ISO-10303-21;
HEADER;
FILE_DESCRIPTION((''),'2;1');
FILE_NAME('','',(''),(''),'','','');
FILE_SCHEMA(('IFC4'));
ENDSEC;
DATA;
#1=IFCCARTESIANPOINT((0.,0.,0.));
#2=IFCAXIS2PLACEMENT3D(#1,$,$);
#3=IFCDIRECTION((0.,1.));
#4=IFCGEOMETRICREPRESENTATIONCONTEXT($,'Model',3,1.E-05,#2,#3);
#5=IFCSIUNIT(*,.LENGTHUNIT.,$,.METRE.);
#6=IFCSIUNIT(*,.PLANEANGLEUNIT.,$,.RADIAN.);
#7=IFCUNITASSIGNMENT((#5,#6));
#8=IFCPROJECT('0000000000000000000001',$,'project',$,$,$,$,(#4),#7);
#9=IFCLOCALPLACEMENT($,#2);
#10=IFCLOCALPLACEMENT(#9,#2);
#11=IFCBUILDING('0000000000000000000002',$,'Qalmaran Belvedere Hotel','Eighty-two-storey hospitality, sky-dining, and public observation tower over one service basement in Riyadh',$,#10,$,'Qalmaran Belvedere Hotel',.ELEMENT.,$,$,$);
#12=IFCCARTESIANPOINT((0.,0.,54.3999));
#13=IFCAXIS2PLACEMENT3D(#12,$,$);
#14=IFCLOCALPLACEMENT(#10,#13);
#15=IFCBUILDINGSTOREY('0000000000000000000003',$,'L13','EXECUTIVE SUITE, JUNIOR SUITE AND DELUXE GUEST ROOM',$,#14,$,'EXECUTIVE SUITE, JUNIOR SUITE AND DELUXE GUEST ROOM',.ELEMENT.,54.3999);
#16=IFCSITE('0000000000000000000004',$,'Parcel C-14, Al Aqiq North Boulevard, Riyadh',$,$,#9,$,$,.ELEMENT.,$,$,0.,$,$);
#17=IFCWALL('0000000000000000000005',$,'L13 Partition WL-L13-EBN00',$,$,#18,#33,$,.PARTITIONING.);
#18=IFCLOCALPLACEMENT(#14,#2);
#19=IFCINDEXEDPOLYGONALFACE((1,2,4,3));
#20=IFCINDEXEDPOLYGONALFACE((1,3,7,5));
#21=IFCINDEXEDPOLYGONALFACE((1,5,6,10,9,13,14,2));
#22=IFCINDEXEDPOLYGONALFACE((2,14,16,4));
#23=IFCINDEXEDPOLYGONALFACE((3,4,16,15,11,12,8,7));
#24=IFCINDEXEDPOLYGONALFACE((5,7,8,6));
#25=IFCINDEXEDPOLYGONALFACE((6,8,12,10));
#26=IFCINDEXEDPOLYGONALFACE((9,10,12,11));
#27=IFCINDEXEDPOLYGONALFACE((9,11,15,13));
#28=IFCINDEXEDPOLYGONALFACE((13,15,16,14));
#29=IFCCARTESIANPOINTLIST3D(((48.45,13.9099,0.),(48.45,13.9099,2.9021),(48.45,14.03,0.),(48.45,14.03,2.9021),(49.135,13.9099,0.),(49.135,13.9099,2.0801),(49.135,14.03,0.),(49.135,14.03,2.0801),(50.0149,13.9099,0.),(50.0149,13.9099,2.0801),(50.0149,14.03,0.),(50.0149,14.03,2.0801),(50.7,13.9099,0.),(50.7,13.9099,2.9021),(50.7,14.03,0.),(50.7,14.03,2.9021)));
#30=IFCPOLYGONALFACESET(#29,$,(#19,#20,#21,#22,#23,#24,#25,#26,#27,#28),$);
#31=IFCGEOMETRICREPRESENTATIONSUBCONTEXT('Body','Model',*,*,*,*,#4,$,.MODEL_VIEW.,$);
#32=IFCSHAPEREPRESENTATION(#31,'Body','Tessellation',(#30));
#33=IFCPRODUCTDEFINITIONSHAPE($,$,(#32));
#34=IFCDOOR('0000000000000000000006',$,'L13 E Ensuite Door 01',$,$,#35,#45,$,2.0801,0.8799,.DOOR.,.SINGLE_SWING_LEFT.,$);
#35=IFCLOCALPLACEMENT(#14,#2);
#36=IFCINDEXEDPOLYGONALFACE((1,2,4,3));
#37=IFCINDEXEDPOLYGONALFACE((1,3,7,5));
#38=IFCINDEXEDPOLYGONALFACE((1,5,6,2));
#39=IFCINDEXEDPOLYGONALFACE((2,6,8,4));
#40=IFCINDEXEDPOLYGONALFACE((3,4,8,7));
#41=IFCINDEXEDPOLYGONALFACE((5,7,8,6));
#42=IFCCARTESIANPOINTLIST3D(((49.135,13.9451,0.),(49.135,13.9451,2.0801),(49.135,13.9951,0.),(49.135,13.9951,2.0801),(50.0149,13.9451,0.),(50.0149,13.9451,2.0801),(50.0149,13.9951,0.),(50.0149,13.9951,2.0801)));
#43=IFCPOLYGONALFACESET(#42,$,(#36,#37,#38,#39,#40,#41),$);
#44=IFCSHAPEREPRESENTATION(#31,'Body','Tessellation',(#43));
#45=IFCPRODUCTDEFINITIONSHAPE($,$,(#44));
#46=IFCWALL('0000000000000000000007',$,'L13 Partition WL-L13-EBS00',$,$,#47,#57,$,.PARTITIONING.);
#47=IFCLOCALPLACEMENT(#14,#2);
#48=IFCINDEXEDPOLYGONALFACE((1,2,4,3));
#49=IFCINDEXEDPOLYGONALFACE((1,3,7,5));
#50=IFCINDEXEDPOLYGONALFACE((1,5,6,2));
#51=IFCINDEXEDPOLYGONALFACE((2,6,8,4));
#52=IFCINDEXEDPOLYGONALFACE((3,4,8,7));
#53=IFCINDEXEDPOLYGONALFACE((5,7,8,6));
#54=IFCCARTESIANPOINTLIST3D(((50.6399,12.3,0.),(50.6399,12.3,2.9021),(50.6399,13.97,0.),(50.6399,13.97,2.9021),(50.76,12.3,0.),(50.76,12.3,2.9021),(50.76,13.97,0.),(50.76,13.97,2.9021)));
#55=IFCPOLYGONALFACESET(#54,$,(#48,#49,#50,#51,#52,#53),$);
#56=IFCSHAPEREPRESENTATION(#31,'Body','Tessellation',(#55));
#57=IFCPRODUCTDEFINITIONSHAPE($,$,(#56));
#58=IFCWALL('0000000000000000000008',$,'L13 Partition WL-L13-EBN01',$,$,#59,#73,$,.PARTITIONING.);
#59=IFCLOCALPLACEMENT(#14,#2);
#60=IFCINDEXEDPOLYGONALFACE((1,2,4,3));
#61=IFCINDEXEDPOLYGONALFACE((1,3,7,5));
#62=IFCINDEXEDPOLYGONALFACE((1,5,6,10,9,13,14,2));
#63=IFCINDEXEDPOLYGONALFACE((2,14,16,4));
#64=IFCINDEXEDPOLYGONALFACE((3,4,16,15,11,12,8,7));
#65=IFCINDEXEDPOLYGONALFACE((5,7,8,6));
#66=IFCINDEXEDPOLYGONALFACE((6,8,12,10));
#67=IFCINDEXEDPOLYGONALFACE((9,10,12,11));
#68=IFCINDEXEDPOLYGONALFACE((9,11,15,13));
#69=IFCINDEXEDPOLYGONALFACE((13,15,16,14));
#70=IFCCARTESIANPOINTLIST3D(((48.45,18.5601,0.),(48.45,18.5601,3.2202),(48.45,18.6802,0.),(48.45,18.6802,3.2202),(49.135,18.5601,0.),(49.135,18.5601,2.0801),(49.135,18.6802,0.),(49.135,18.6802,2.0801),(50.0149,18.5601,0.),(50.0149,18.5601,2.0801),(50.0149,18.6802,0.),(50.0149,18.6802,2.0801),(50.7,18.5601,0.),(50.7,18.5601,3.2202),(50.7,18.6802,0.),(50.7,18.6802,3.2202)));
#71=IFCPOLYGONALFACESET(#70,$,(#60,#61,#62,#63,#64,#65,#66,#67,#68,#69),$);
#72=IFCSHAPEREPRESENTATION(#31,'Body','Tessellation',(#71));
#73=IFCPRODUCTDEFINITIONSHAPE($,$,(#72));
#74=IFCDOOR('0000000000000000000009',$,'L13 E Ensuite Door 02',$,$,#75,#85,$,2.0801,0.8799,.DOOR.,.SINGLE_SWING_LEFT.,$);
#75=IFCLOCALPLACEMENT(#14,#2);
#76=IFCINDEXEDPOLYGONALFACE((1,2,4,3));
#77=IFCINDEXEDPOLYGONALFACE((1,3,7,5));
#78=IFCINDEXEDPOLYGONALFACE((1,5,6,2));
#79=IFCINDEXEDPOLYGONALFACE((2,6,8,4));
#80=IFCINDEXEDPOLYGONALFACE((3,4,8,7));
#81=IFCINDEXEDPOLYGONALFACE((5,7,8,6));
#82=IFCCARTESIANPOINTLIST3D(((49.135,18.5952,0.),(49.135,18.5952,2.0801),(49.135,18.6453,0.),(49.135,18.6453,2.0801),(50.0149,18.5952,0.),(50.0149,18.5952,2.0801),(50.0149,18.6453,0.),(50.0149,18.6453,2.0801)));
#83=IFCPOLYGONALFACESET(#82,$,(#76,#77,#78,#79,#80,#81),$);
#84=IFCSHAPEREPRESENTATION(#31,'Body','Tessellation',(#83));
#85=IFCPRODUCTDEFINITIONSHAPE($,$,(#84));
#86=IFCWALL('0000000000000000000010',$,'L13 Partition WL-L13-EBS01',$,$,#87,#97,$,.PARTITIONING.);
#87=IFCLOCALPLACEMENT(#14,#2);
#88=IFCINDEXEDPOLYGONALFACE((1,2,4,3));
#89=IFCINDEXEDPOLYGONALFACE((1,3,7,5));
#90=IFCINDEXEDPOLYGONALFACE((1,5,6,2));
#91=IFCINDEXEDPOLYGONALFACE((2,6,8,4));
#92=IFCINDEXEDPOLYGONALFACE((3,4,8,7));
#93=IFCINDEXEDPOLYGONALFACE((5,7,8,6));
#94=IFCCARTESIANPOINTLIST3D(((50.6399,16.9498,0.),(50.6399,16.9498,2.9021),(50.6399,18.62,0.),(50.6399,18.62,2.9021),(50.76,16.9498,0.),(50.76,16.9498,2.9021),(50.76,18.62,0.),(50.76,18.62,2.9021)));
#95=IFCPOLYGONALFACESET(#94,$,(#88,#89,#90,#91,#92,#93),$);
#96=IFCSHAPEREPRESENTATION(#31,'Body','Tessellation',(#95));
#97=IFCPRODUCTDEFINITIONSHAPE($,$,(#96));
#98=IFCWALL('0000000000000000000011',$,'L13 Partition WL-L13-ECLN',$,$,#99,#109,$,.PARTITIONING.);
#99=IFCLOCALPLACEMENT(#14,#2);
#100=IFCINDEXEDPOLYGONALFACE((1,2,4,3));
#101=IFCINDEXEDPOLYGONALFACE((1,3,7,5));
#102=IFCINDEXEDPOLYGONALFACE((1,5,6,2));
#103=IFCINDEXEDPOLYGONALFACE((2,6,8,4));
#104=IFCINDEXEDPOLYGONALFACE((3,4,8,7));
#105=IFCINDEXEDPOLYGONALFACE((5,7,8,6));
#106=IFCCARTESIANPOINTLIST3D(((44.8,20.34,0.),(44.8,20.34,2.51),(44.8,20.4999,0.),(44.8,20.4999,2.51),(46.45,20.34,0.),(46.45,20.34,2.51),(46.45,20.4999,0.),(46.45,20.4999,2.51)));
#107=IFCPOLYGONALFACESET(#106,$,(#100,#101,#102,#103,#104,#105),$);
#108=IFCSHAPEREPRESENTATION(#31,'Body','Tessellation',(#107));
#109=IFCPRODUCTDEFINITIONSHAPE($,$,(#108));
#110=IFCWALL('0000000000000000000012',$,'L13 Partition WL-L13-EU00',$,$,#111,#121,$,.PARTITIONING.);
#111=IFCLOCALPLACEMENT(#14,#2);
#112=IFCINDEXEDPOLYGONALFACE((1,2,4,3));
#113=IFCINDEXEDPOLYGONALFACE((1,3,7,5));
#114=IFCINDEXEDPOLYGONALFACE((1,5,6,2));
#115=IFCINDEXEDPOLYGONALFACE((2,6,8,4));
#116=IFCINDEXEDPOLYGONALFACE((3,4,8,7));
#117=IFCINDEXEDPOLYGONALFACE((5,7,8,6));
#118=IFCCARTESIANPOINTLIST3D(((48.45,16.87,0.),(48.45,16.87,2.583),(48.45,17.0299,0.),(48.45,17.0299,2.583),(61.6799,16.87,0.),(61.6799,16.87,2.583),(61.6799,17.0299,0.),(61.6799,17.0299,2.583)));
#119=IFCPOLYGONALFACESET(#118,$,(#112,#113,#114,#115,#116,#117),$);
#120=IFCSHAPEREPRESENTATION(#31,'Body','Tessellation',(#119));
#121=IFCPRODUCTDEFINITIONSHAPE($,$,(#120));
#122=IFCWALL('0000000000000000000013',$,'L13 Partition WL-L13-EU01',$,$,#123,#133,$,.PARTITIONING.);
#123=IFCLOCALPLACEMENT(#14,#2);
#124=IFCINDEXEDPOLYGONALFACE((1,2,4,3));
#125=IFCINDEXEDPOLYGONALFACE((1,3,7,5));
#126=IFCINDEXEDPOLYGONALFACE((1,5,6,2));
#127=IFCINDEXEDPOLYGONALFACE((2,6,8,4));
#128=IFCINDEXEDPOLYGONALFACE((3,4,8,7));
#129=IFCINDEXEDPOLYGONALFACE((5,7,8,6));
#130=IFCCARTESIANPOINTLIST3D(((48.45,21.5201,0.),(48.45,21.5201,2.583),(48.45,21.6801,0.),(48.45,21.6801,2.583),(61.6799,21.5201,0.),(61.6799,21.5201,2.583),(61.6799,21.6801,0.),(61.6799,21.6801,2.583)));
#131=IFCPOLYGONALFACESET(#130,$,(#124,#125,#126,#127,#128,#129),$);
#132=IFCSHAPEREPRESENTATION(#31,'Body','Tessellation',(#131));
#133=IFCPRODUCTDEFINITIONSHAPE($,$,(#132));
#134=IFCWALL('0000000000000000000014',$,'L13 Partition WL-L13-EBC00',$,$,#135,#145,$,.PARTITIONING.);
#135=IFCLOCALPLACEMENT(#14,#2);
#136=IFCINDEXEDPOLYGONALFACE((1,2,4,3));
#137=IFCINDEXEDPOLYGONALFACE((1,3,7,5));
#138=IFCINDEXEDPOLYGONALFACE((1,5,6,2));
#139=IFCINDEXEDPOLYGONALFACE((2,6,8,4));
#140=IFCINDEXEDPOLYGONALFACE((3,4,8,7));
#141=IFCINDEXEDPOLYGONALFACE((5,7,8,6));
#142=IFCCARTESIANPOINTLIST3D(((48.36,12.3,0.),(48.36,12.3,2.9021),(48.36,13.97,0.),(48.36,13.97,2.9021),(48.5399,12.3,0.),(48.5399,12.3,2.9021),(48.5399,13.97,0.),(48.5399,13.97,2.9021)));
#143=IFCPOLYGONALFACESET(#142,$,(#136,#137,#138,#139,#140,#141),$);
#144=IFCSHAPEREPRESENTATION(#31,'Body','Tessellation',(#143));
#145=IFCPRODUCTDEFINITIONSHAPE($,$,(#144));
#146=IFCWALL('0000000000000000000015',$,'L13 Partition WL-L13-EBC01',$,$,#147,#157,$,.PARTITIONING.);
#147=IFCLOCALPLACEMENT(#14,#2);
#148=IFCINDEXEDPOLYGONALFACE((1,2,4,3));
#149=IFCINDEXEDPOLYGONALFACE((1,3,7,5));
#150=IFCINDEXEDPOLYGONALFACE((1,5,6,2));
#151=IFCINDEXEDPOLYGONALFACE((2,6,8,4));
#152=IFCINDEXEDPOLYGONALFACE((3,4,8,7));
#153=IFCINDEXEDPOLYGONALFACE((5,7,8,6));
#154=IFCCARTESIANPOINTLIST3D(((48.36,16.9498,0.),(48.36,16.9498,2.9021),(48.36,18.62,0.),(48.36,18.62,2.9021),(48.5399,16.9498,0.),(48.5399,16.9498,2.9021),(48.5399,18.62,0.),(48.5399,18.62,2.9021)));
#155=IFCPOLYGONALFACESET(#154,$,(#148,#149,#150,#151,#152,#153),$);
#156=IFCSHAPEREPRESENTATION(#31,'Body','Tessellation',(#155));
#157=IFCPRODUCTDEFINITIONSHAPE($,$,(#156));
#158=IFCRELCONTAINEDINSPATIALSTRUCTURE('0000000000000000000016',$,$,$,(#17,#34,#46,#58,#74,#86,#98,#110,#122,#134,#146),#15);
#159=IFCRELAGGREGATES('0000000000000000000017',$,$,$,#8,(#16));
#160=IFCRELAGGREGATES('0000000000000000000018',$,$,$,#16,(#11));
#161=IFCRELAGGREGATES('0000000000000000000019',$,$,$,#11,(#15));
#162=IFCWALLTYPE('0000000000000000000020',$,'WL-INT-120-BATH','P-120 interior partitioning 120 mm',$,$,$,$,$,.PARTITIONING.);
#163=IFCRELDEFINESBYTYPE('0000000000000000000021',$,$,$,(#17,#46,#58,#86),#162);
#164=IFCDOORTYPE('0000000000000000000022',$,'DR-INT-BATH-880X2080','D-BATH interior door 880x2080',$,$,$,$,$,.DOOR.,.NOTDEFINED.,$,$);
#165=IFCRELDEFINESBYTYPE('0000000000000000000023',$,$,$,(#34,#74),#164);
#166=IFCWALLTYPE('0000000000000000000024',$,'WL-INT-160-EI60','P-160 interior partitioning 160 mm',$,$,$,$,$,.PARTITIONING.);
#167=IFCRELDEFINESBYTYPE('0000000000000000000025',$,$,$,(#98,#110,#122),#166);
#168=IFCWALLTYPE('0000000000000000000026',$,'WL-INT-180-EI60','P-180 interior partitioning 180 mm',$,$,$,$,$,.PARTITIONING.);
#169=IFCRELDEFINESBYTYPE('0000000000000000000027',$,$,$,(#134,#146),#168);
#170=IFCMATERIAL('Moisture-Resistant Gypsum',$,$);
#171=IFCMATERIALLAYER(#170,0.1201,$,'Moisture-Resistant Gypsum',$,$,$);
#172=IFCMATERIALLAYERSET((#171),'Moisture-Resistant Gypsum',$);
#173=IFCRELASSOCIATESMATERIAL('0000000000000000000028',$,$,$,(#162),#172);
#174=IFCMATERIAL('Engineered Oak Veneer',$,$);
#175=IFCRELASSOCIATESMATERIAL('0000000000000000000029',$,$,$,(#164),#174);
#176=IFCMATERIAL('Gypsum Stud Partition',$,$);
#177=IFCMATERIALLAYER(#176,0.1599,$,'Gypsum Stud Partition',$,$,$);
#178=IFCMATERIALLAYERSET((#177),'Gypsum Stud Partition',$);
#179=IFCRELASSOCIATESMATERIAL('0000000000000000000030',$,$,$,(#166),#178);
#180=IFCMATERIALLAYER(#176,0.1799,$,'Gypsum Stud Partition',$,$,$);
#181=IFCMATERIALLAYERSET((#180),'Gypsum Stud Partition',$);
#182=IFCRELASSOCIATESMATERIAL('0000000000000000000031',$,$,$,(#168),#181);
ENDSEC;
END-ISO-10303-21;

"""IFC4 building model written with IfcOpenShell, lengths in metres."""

from ifc_helpers import new_model, si_unit, direction, frame, frame_2d, origin, place, context, subcontext, project, spatial, rectangle, extrude, material, layer, layer_set, type_object, element, fill, save


model = new_model("IFC4")

# Units and contexts
model_context = context("Model", 3, precision=1e-05, world=origin(), true_north=direction((0.0, 1.0)))
body_context = subcontext(model_context, "Body", "Model", "MODEL_VIEW")
ifc_project = project(units=[si_unit("LENGTHUNIT", "METRE"), si_unit("PLANEANGLEUNIT", "RADIAN")], contexts=[model_context])

# Site, building, storey
site_placement = place(None, origin())
site = spatial("IfcSite", under=ifc_project, at=site_placement, Name="Parcel C-14, Al Aqiq North Boulevard, Riyadh", CompositionType="ELEMENT", RefElevation=0.0)
building_placement = place(site_placement, origin())
building = spatial("IfcBuilding", under=site, at=building_placement, Name="Qalmaran Belvedere Hotel", Description="Eighty-two-storey hospitality, sky-dining, and public observation tower over one service basement in Riyadh", LongName="Qalmaran Belvedere Hotel", CompositionType="ELEMENT")
storey_placement = place(building_placement, frame((0.0, 0.0, 54.3999)))
storey = spatial("IfcBuildingStorey", under=building, at=storey_placement, Name="L13", Description="EXECUTIVE SUITE, JUNIOR SUITE AND DELUXE GUEST ROOM", LongName="EXECUTIVE SUITE, JUNIOR SUITE AND DELUXE GUEST ROOM", CompositionType="ELEMENT", Elevation=54.3999)

# Wall, opening, door
ifc_material_1 = material(Name="Moisture-Resistant Gypsum")
ifc_layer_1 = layer(ifc_material_1, 0.1201, Name="Moisture-Resistant Gypsum")
ifc_layer_set_1 = layer_set([ifc_layer_1], Name="Moisture-Resistant Gypsum")
wall_type_1 = type_object("IfcWallType", Name="WL-INT-120-BATH", Description="P-120 interior partitioning 120 mm", PredefinedType="PARTITIONING", material=ifc_layer_set_1)
wall_1_placement = place(storey_placement, frame((48.45, 13.97, 0.0), z_axis=(0.0, 0.0, 1.0), x_axis=(1.0, 0.0, 0.0)))
wall_1 = element("IfcWall", 1, at=wall_1_placement, inside=storey, type_object=wall_type_1, Name="L13 Partition WL-L13-EBN00", PredefinedType="PARTITIONING", context=body_context, shape_type="SweptSolid", body=[
    extrude(rectangle(XDim=2.25, YDim=0.1201, at=frame_2d((1.125, 0.0))), origin(), (0.0, 0.0, 1.0), 2.9021),
])
opening_1_placement = place(wall_1_placement, frame((1.5649, 0.0, 0.0), z_axis=(0.0, 0.0, 1.0), x_axis=(-1.0, 0.0, 0.0)))
opening_1 = element("IfcOpeningElement", 2, at=opening_1_placement, cuts=wall_1, PredefinedType="OPENING", context=body_context, shape_type="SweptSolid", body=[
    extrude(rectangle(XDim=0.8799, YDim=2.0801, at=frame_2d((0.4399, 1.04))), frame((0.0, 0.0701, 0.0), z_axis=(0.0, -1.0, 0.0), x_axis=(1.0, 0.0, 0.0)), (0.0, 0.0, 1.0), 0.1401),
])
ifc_material_2 = material(Name="Engineered Oak Veneer")
door_type_1 = type_object("IfcDoorType", Name="DR-INT-BATH-880X2080", Description="D-BATH interior door 880x2080", OperationType="NOTDEFINED", PredefinedType="DOOR", material=ifc_material_2)
door_1_placement = place(opening_1_placement, origin())
door_1 = element("IfcDoor", 3, at=door_1_placement, inside=storey, type_object=door_type_1, Name="L13 E Ensuite Door 01", OperationType="SINGLE_SWING_LEFT", OverallHeight=2.0801, OverallWidth=0.8799, PredefinedType="DOOR", context=body_context, shape_type="SweptSolid", body=[
    extrude(rectangle(XDim=0.8799, YDim=2.0801, at=frame_2d((0.4399, 1.04))), frame((0.0, 0.0249, 0.0), z_axis=(0.0, -1.0, 0.0), x_axis=(1.0, 0.0, 0.0)), (0.0, 0.0, 1.0), 0.05),
])
fill(opening_1, door_1)

# Wall
wall_2_placement = place(storey_placement, frame((50.7, 12.3, 0.0), z_axis=(0.0, 0.0, 1.0), x_axis=(0.0, 1.0, 0.0)))
element("IfcWall", 4, at=wall_2_placement, inside=storey, type_object=wall_type_1, Name="L13 Partition WL-L13-EBS00", PredefinedType="PARTITIONING", context=body_context, shape_type="SweptSolid", body=[
    extrude(rectangle(XDim=1.6699, YDim=0.1201, at=frame_2d((0.835, 0.0))), origin(), (0.0, 0.0, 1.0), 2.9021),
])

# Wall, opening, door
wall_3_placement = place(storey_placement, frame((48.45, 18.6201, 0.0), z_axis=(0.0, 0.0, 1.0), x_axis=(1.0, 0.0, 0.0)))
wall_3 = element("IfcWall", 5, at=wall_3_placement, inside=storey, type_object=wall_type_1, Name="L13 Partition WL-L13-EBN01", PredefinedType="PARTITIONING", context=body_context, shape_type="SweptSolid", body=[
    extrude(rectangle(XDim=2.25, YDim=0.1201, at=frame_2d((1.125, 0.0))), origin(), (0.0, 0.0, 1.0), 3.2202),
])
opening_2_placement = place(wall_3_placement, frame((1.5649, 0.0, 0.0), z_axis=(0.0, 0.0, 1.0), x_axis=(-1.0, 0.0, 0.0)))
opening_2 = element("IfcOpeningElement", 6, at=opening_2_placement, cuts=wall_3, PredefinedType="OPENING", context=body_context, shape_type="SweptSolid", body=[
    extrude(rectangle(XDim=0.8799, YDim=2.0801, at=frame_2d((0.4399, 1.04))), frame((0.0, 0.0701, 0.0), z_axis=(0.0, -1.0, 0.0), x_axis=(1.0, 0.0, 0.0)), (0.0, 0.0, 1.0), 0.1401),
])
door_2_placement = place(opening_2_placement, origin())
door_2 = element("IfcDoor", 7, at=door_2_placement, inside=storey, type_object=door_type_1, Name="L13 E Ensuite Door 02", OperationType="SINGLE_SWING_LEFT", OverallHeight=2.0801, OverallWidth=0.8799, PredefinedType="DOOR", context=body_context, shape_type="SweptSolid", body=[
    extrude(rectangle(XDim=0.8799, YDim=2.0801, at=frame_2d((0.4399, 1.04))), frame((0.0, 0.0249, 0.0), z_axis=(0.0, -1.0, 0.0), x_axis=(1.0, 0.0, 0.0)), (0.0, 0.0, 1.0), 0.05),
])
fill(opening_2, door_2)

# Walls
wall_4_placement = place(storey_placement, frame((50.7, 16.95, 0.0), z_axis=(0.0, 0.0, 1.0), x_axis=(0.0, 1.0, 0.0)))
element("IfcWall", 8, at=wall_4_placement, inside=storey, type_object=wall_type_1, Name="L13 Partition WL-L13-EBS01", PredefinedType="PARTITIONING", context=body_context, shape_type="SweptSolid", body=[
    extrude(rectangle(XDim=1.6702, YDim=0.1201, at=frame_2d((0.835, 0.0))), origin(), (0.0, 0.0, 1.0), 2.9021),
])
ifc_material_3 = material(Name="Gypsum Stud Partition")
ifc_layer_2 = layer(ifc_material_3, 0.1599, Name="Gypsum Stud Partition")
ifc_layer_set_2 = layer_set([ifc_layer_2], Name="Gypsum Stud Partition")
wall_type_2 = type_object("IfcWallType", Name="WL-INT-160-EI60", Description="P-160 interior partitioning 160 mm", PredefinedType="PARTITIONING", material=ifc_layer_set_2)
wall_5_placement = place(storey_placement, frame((44.8, 20.4199, 0.0), z_axis=(0.0, 0.0, 1.0), x_axis=(1.0, 0.0, 0.0)))
element("IfcWall", 9, at=wall_5_placement, inside=storey, type_object=wall_type_2, Name="L13 Partition WL-L13-ECLN", PredefinedType="PARTITIONING", context=body_context, shape_type="SweptSolid", body=[
    extrude(rectangle(XDim=1.6499, YDim=0.1599, at=frame_2d((0.825, 0.0))), origin(), (0.0, 0.0, 1.0), 2.51),
])
for number, where, z_axis, x_axis, name in (
    (10, (48.45, 16.95, 0.0), (0.0, 0.0, 1.0), (1.0, 0.0, 0.0), "L13 Partition WL-L13-EU00"),
    (11, (48.45, 21.6001, 0.0), (0.0, 0.0, 1.0), (1.0, 0.0, 0.0), "L13 Partition WL-L13-EU01"),
):
    element("IfcWall", number, at=place(storey_placement, frame(where, z_axis=z_axis, x_axis=x_axis)), inside=storey, type_object=wall_type_2, Name=name, PredefinedType="PARTITIONING", context=body_context, shape_type="SweptSolid", body=[
        extrude(rectangle(XDim=13.23, YDim=0.1599, at=frame_2d((6.615, 0.0))), origin(), (0.0, 0.0, 1.0), 2.583),
    ])
ifc_layer_3 = layer(ifc_material_3, 0.1799, Name="Gypsum Stud Partition")
ifc_layer_set_3 = layer_set([ifc_layer_3], Name="Gypsum Stud Partition")
wall_type_3 = type_object("IfcWallType", Name="WL-INT-180-EI60", Description="P-180 interior partitioning 180 mm", PredefinedType="PARTITIONING", material=ifc_layer_set_3)
wall_6_placement = place(storey_placement, frame((48.45, 12.3, 0.0), z_axis=(0.0, 0.0, 1.0), x_axis=(0.0, 1.0, 0.0)))
element("IfcWall", 12, at=wall_6_placement, inside=storey, type_object=wall_type_3, Name="L13 Partition WL-L13-EBC00", PredefinedType="PARTITIONING", context=body_context, shape_type="SweptSolid", body=[
    extrude(rectangle(XDim=1.6699, YDim=0.1799, at=frame_2d((0.835, 0.0))), origin(), (0.0, 0.0, 1.0), 2.9021),
])

# Wall
wall_7_placement = place(storey_placement, frame((48.45, 16.95, 0.0), z_axis=(0.0, 0.0, 1.0), x_axis=(0.0, 1.0, 0.0)))
element("IfcWall", 13, at=wall_7_placement, inside=storey, type_object=wall_type_3, Name="L13 Partition WL-L13-EBC01", PredefinedType="PARTITIONING", context=body_context, shape_type="SweptSolid", body=[
    extrude(rectangle(XDim=1.6702, YDim=0.1799, at=frame_2d((0.835, 0.0))), origin(), (0.0, 0.0, 1.0), 2.9021),
])

save(model, "model.ifc")
